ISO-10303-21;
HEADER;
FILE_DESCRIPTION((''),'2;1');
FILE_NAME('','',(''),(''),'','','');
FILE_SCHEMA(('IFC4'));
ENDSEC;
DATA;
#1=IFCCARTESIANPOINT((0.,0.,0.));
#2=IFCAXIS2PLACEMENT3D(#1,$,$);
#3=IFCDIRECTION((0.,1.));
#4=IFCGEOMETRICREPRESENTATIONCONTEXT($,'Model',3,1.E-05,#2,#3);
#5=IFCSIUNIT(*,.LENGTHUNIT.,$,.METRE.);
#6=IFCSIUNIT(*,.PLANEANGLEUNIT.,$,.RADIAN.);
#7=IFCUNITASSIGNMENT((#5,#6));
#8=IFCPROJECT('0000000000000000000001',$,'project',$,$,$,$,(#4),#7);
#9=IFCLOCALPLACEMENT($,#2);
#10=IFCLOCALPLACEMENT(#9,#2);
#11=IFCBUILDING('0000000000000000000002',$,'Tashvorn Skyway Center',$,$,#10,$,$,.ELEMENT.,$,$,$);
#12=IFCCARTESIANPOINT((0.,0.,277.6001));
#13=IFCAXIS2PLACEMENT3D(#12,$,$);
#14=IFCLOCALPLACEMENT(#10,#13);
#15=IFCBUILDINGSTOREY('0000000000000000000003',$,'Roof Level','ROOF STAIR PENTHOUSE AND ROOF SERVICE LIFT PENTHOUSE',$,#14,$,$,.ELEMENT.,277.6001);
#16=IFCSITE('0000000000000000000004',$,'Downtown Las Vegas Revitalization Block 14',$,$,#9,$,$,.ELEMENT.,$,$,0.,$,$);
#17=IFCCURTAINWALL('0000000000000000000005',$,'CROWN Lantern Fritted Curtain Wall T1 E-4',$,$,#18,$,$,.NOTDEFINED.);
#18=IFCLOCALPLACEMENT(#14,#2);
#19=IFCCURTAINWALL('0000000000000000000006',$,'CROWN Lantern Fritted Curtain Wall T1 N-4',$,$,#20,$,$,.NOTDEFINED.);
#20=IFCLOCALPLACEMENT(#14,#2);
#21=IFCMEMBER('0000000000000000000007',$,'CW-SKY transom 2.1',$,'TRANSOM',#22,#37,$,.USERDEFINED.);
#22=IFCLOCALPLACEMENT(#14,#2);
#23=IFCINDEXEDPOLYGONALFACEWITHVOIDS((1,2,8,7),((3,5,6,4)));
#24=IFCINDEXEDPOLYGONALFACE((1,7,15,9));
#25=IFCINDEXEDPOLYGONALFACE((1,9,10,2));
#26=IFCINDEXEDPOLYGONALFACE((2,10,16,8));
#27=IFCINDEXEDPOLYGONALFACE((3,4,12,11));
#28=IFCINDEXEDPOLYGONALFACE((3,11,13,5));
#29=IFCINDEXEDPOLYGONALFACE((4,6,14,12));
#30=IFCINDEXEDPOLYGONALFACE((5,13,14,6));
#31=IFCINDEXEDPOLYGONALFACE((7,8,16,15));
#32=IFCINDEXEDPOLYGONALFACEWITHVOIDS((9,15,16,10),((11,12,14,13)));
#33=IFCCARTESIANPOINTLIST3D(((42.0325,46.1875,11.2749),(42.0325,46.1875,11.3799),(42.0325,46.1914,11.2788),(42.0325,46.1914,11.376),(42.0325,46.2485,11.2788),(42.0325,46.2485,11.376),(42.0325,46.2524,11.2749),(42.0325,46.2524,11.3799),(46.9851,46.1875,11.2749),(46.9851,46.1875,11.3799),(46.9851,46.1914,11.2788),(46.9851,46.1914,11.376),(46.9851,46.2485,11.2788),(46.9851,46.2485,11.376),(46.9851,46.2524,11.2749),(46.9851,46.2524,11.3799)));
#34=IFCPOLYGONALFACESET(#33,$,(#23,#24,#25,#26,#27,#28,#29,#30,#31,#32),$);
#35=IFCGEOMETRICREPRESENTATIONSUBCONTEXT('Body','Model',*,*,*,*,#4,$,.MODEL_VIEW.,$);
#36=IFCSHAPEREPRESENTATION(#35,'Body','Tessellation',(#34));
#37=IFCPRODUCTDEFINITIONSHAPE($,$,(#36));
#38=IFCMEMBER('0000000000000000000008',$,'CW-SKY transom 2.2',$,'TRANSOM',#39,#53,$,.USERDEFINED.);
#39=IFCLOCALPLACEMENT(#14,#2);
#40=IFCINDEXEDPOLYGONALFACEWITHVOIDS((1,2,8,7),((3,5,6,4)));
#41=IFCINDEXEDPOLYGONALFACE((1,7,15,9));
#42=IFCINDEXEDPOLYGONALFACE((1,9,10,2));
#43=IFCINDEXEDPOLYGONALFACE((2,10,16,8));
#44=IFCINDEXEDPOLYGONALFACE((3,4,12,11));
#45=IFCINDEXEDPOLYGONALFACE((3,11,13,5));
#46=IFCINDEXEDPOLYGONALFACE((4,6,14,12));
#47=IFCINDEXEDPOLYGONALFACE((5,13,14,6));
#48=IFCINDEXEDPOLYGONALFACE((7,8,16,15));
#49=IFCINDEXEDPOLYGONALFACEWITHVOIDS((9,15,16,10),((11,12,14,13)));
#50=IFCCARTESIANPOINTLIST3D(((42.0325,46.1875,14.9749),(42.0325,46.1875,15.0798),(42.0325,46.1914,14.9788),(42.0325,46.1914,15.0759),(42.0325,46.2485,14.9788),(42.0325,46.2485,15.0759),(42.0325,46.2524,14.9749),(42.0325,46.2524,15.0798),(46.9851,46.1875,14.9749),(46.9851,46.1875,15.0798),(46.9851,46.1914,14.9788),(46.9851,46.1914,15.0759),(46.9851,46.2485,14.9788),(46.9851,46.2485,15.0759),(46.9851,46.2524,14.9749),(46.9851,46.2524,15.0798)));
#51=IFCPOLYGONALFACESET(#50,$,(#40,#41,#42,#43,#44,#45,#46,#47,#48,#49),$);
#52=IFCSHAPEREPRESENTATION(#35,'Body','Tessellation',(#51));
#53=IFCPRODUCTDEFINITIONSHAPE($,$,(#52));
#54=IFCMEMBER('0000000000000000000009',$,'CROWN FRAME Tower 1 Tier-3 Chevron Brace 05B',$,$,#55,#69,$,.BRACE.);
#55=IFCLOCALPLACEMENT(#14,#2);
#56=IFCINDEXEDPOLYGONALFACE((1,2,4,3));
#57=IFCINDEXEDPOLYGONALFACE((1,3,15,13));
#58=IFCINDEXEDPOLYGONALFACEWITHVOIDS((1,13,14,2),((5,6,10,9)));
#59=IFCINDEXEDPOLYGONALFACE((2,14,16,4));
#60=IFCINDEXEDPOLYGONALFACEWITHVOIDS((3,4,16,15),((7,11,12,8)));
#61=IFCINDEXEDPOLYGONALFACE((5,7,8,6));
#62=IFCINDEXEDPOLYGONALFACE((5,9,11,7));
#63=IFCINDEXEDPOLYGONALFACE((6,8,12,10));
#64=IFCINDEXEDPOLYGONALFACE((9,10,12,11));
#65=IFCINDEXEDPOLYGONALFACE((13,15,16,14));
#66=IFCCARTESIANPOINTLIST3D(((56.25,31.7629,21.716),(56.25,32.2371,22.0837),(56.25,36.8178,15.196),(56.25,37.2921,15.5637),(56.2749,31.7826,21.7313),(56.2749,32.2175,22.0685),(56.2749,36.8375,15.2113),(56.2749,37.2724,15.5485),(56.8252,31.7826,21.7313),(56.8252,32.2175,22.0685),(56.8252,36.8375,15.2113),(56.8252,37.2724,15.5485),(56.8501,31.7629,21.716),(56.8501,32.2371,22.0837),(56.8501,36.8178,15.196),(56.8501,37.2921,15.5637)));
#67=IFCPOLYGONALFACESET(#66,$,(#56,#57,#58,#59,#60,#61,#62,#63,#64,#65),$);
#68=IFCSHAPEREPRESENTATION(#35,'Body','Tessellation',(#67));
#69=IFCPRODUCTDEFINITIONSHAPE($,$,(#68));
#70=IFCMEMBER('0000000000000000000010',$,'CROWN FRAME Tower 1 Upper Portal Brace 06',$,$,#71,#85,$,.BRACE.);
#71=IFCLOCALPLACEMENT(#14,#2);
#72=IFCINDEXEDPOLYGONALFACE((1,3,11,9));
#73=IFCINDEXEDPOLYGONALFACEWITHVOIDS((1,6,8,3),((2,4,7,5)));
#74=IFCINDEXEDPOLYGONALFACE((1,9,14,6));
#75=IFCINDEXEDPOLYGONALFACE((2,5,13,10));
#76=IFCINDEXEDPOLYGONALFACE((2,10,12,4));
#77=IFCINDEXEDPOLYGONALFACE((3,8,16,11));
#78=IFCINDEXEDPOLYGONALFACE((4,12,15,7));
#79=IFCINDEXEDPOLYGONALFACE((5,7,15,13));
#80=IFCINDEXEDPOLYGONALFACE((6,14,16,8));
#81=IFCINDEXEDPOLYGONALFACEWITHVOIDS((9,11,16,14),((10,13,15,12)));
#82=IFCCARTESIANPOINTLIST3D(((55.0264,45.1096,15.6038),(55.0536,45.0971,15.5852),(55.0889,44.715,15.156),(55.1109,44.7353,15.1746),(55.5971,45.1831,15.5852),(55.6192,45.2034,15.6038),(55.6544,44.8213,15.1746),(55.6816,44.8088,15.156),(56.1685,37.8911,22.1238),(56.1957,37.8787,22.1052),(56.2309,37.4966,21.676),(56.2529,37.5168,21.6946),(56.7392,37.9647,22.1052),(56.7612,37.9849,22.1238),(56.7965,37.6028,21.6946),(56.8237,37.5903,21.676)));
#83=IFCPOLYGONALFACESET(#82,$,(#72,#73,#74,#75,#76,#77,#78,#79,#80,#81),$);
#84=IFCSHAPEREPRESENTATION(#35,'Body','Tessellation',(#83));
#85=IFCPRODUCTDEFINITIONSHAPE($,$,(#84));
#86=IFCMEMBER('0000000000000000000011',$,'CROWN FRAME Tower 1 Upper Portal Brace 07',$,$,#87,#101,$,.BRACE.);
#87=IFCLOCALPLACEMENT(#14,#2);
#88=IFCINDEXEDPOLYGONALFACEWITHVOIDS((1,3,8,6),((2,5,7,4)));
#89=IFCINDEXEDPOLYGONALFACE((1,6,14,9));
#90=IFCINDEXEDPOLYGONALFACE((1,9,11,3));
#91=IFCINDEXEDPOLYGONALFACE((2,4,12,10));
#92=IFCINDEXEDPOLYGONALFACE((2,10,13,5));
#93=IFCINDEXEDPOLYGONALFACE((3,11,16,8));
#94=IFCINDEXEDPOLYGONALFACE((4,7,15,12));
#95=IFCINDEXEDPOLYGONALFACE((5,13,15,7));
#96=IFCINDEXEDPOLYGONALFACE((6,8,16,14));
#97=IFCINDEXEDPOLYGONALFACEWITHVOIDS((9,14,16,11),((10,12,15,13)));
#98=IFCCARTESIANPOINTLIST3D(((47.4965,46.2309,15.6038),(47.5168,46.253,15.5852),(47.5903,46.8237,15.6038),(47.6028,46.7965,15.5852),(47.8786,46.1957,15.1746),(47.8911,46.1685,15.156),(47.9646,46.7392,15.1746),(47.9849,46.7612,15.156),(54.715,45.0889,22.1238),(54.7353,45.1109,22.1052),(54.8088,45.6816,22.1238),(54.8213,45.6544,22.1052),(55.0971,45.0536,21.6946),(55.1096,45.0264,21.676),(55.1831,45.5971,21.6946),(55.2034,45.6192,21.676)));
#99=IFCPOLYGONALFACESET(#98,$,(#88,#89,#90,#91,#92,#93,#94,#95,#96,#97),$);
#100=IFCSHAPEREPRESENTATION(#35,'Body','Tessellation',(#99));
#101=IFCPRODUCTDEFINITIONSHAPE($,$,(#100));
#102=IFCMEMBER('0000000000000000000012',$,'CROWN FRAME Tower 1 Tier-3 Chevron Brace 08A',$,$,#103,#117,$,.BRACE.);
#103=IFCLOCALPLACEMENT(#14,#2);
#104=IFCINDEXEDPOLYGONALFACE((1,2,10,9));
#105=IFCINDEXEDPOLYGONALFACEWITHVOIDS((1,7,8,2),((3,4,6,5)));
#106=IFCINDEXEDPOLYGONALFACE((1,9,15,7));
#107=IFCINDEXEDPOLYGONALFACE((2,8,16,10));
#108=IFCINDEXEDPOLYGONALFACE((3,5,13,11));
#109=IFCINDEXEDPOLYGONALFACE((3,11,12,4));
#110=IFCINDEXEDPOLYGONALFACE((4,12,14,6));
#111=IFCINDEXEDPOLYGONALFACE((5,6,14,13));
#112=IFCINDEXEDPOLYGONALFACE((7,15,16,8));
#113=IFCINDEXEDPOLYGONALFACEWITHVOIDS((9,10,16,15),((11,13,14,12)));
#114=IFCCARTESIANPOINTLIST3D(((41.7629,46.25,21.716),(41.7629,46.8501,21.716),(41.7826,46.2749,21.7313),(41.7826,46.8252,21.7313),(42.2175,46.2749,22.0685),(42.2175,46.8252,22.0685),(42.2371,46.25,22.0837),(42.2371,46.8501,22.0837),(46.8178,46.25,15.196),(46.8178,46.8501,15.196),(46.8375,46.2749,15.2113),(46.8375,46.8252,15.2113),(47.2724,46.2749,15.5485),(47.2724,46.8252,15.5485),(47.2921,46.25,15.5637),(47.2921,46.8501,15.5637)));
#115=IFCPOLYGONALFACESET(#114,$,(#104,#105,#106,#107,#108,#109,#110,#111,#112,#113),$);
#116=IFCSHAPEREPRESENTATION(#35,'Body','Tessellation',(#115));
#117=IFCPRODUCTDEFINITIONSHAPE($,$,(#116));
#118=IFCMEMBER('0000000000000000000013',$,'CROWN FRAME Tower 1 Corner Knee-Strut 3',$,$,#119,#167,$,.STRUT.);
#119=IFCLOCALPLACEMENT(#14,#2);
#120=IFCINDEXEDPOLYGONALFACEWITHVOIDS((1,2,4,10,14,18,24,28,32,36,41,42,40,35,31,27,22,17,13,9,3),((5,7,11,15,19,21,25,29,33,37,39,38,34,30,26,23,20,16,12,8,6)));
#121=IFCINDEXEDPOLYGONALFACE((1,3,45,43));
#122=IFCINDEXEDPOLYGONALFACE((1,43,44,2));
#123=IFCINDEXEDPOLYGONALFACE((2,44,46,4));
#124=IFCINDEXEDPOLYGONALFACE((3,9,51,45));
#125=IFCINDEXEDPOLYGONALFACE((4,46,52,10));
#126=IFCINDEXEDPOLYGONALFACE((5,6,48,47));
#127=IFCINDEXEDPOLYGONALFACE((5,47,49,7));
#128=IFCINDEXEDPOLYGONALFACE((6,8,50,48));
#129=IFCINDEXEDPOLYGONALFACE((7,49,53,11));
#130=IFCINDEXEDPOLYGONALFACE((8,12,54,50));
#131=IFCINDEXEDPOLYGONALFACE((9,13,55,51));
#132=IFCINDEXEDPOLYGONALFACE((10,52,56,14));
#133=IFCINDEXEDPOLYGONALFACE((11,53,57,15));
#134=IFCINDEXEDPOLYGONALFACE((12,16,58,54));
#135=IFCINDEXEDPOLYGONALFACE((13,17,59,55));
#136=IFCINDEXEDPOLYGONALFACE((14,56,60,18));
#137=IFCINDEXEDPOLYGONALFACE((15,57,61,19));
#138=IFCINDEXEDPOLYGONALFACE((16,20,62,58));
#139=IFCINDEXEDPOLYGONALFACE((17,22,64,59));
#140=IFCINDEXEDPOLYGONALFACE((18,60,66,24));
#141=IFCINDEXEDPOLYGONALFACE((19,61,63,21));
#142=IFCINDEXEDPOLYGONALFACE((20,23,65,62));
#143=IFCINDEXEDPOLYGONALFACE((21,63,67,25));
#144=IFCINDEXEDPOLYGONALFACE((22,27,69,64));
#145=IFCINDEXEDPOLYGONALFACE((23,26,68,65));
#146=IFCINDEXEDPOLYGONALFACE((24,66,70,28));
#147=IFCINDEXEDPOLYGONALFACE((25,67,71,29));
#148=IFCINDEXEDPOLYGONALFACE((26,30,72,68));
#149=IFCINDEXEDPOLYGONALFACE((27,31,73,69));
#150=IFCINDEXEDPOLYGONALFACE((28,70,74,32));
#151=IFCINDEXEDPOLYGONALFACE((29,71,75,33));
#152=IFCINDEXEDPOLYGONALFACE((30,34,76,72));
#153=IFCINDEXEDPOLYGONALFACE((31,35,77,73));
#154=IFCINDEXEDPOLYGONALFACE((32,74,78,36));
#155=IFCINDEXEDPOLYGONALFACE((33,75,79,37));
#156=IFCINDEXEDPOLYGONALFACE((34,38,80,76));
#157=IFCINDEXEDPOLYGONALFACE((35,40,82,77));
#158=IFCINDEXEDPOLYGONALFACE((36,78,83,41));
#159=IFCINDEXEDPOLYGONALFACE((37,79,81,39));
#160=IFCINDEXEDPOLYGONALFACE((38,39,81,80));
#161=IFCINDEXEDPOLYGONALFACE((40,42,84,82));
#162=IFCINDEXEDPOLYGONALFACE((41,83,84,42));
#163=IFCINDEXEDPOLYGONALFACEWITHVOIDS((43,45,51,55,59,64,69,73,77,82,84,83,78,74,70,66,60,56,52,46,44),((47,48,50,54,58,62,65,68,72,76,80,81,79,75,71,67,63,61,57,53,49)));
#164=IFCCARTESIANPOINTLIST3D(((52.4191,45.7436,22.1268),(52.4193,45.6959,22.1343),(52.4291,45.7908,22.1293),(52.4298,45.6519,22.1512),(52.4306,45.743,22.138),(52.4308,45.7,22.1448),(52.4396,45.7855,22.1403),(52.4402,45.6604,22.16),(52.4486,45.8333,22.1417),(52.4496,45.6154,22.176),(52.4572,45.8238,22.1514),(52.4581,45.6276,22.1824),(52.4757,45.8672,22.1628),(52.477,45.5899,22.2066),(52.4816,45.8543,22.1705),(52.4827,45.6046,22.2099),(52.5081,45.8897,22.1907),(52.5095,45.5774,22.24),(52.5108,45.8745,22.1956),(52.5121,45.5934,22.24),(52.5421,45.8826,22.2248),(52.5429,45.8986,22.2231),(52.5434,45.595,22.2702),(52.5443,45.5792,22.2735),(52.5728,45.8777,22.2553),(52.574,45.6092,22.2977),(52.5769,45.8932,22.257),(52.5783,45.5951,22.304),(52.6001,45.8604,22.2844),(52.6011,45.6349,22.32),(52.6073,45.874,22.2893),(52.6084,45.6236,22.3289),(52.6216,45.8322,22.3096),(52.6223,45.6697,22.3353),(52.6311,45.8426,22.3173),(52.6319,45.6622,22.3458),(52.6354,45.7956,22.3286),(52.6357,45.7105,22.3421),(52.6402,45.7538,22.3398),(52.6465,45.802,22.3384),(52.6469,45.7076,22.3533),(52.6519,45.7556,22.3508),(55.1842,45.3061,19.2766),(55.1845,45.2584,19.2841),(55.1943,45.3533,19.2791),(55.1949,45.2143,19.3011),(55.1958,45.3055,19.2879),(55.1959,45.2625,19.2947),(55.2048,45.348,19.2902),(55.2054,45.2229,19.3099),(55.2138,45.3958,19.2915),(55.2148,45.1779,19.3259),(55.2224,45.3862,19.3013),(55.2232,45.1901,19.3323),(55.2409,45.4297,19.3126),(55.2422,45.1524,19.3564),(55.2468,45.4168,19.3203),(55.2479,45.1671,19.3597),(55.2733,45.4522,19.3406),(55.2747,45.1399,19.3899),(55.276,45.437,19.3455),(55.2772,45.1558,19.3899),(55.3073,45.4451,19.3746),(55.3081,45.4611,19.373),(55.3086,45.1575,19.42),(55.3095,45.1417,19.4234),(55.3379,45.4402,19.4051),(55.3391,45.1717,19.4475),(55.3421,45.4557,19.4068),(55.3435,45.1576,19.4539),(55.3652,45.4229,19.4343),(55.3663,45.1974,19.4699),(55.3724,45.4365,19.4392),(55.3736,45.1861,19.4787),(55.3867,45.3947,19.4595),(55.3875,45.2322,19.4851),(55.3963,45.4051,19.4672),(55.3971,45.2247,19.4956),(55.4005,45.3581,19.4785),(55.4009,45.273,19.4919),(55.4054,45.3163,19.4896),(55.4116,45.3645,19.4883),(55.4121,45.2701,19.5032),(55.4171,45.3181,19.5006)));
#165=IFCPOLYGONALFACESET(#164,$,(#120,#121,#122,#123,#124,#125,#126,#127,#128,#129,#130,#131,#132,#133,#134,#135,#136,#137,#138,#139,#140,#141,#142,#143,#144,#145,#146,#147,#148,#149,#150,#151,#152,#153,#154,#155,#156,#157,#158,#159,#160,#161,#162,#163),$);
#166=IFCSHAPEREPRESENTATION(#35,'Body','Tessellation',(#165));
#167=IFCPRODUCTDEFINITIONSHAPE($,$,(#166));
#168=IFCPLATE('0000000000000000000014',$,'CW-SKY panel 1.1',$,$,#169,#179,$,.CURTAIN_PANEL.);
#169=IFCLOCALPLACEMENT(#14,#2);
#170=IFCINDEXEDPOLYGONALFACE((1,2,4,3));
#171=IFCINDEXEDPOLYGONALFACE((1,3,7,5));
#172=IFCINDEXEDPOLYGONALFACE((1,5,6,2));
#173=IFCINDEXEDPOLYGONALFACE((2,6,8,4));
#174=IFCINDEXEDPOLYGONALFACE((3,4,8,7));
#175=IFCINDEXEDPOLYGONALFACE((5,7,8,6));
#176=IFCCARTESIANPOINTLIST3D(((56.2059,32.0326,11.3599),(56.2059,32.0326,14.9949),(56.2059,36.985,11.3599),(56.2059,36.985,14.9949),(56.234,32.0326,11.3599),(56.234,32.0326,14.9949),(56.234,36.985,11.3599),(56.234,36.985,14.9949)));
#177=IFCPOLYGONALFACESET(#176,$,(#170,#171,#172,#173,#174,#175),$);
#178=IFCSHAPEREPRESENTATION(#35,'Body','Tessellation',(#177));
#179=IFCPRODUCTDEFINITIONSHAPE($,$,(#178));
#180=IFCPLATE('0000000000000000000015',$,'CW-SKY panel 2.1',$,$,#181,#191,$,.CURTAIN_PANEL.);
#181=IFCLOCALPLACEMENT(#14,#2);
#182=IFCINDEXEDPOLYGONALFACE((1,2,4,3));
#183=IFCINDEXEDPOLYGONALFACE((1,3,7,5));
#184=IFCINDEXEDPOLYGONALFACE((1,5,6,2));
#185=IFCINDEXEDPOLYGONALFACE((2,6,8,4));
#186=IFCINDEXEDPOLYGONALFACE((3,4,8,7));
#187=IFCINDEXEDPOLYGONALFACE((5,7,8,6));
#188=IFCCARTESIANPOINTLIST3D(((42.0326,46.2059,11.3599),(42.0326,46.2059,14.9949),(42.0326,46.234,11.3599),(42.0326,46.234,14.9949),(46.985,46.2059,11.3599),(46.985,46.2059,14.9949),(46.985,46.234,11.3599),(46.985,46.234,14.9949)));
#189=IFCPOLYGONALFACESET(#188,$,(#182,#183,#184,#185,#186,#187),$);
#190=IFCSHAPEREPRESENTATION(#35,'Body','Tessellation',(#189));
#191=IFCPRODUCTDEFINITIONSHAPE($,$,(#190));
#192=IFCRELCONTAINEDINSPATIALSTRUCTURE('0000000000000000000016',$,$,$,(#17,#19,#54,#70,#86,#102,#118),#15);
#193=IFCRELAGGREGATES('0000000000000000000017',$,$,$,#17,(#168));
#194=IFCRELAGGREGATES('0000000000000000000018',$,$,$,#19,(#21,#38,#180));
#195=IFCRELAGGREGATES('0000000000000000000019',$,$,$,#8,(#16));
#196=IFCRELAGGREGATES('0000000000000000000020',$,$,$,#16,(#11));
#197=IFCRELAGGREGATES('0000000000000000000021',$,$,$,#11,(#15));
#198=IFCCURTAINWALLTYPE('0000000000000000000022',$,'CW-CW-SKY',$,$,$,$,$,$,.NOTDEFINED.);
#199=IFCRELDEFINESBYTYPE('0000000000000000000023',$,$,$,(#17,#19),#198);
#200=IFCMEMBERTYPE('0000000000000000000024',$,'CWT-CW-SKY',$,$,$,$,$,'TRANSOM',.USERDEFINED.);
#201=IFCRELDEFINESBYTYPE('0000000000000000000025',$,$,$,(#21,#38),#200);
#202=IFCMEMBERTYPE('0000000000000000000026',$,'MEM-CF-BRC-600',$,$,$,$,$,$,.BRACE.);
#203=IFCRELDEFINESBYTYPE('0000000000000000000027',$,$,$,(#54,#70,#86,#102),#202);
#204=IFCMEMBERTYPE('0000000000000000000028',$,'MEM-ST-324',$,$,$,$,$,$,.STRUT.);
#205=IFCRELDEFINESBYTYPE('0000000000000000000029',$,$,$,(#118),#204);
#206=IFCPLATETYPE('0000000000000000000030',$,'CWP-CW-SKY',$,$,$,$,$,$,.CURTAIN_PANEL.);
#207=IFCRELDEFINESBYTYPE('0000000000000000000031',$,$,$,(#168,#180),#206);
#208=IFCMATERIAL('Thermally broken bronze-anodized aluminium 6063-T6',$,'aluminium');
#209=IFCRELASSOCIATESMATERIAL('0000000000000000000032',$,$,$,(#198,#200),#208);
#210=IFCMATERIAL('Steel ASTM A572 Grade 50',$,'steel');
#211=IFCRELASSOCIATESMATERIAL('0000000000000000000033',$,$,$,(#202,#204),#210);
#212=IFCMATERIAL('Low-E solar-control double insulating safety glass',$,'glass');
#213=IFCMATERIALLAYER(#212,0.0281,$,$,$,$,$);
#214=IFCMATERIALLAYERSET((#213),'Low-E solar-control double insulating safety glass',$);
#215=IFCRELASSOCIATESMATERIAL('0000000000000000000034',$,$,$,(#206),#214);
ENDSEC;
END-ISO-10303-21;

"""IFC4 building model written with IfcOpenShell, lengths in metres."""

from ifc_helpers import new_model, si_unit, direction, frame, origin, origin_2d, place, context, subcontext, project, spatial, rectangle, hollow_rectangle, hollow_circle, extrude, material, layer, layer_set, material_profile, profile_set, type_object, element, aggregate, save


model = new_model("IFC4")

# Units and contexts
model_context = context("Model", 3, precision=1e-05, world=origin(), true_north=direction((0.0, 1.0)))
body_context = subcontext(model_context, "Body", "Model", "MODEL_VIEW")
ifc_project = project(units=[si_unit("LENGTHUNIT", "METRE"), si_unit("PLANEANGLEUNIT", "RADIAN")], contexts=[model_context])

# Site, building, storey
site_placement = place(None, origin())
site = spatial("IfcSite", under=ifc_project, at=site_placement, Name="Downtown Las Vegas Revitalization Block 14", CompositionType="ELEMENT", RefElevation=0.0)
building_placement = place(site_placement, origin())
building = spatial("IfcBuilding", under=site, at=building_placement, Name="Tashvorn Skyway Center", CompositionType="ELEMENT")
storey_placement = place(building_placement, frame((0.0, 0.0, 277.6001)))
storey = spatial("IfcBuildingStorey", under=building, at=storey_placement, Name="Roof Level", Description="ROOF STAIR PENTHOUSE AND ROOF SERVICE LIFT PENTHOUSE", CompositionType="ELEMENT", Elevation=277.6001)

# Shared definitions
ifc_material_1 = material(Name="Steel ASTM A572 Grade 50", Category="steel")

# Curtain wall
ifc_material_2 = material(Name="Thermally broken bronze-anodized aluminium 6063-T6", Category="aluminium")
curtain_wall_type = type_object("IfcCurtainWallType", Name="CW-CW-SKY", PredefinedType="NOTDEFINED", material=ifc_material_2)
curtain_wall_1_placement = place(storey_placement, origin())
curtain_wall_1 = element("IfcCurtainWall", 1, at=curtain_wall_1_placement, inside=storey, type_object=curtain_wall_type, Name="CROWN Lantern Fritted Curtain Wall T1 E-4", PredefinedType="NOTDEFINED")

# Curtain wall
curtain_wall_2_placement = place(storey_placement, origin())
curtain_wall_2 = element("IfcCurtainWall", 2, at=curtain_wall_2_placement, inside=storey, type_object=curtain_wall_type, Name="CROWN Lantern Fritted Curtain Wall T1 N-4", PredefinedType="NOTDEFINED")

# Members
ifc_material_profile_1 = material_profile(ifc_material_2, hollow_rectangle(XDim=0.0649, YDim=0.105, WallThickness=0.0039, at=origin_2d()), Name="ALU-TRAN-65x105")
ifc_profile_set_1 = profile_set([ifc_material_profile_1], Name="Thermally broken bronze-anodized aluminium 6063-T6")
member_type_1 = type_object("IfcMemberType", Name="CWT-CW-SKY", ElementType="TRANSOM", PredefinedType="USERDEFINED", material=ifc_profile_set_1)
member_1_placement = place(storey_placement, frame((42.0325, 46.22, 11.3274), z_axis=(1.0, 0.0, 0.0), x_axis=(0.0, 1.0, 0.0)))
member_1 = element("IfcMember", 3, at=member_1_placement, type_object=member_type_1, Name="CW-SKY transom 2.1", ObjectType="TRANSOM", PredefinedType="USERDEFINED", context=body_context, shape_type="SweptSolid", body=[
    extrude(hollow_rectangle(XDim=0.0649, YDim=0.105, WallThickness=0.0039, at=origin_2d()), origin(), (0.0, 0.0, 1.0), 4.9526),
])
member_2_placement = place(storey_placement, frame((42.0325, 46.22, 15.0273), z_axis=(1.0, 0.0, 0.0), x_axis=(0.0, 1.0, 0.0)))
member_2 = element("IfcMember", 4, at=member_2_placement, type_object=member_type_1, Name="CW-SKY transom 2.2", ObjectType="TRANSOM", PredefinedType="USERDEFINED", context=body_context, shape_type="SweptSolid", body=[
    extrude(hollow_rectangle(XDim=0.0649, YDim=0.105, WallThickness=0.0039, at=origin_2d()), origin(), (0.0, 0.0, 1.0), 4.9526),
])

# Members
ifc_material_profile_2 = material_profile(ifc_material_1, hollow_rectangle(XDim=0.6001, YDim=0.6001, WallThickness=0.0249, at=origin_2d()), Name="BOX600x600x25")
ifc_profile_set_2 = profile_set([ifc_material_profile_2], Name="Steel ASTM A572 Grade 50")
member_type_2 = type_object("IfcMemberType", Name="MEM-CF-BRC-600", PredefinedType="BRACE", material=ifc_profile_set_2)
member_3_placement = place(storey_placement, frame((56.55, 37.0549, 15.3799), z_axis=(0.0, -0.612717, 0.790303), x_axis=(1.0, 0.0, 0.0)))
element("IfcMember", 5, at=member_3_placement, inside=storey, type_object=member_type_2, Name="CROWN FRAME Tower 1 Tier-3 Chevron Brace 05B", PredefinedType="BRACE", context=body_context, shape_type="SweptSolid", body=[
    extrude(hollow_rectangle(XDim=0.6001, YDim=0.6001, WallThickness=0.0249, at=origin_2d()), origin(), (0.0, 0.0, 1.0), 8.25),
])
for number, where, z_axis, x_axis, name in (
    (6, (55.354, 44.9592, 15.3799), (0.116612, -0.737036, 0.665718), (0.987714, 0.156273, 0.0), "CROWN FRAME Tower 1 Upper Portal Brace 06"),
    (7, (47.7407, 46.4961, 15.3799), (0.737036, -0.116612, 0.665718), (0.156273, 0.987714, 0.0), "CROWN FRAME Tower 1 Upper Portal Brace 07"),
):
    element("IfcMember", number, at=place(storey_placement, frame(where, z_axis=z_axis, x_axis=x_axis)), inside=storey, type_object=member_type_2, Name=name, PredefinedType="BRACE", context=body_context, shape_type="SweptSolid", body=[
        extrude(hollow_rectangle(XDim=0.6001, YDim=0.6001, WallThickness=0.0249, at=origin_2d()), origin(), (0.0, 0.0, 1.0), 9.7939),
    ])
member_4_placement = place(storey_placement, frame((47.0549, 46.55, 15.3799), z_axis=(-0.612717, 0.0, 0.790303), x_axis=(0.0, -1.0, 0.0)))
element("IfcMember", 8, at=member_4_placement, inside=storey, type_object=member_type_2, Name="CROWN FRAME Tower 1 Tier-3 Chevron Brace 08A", PredefinedType="BRACE", context=body_context, shape_type="SweptSolid", body=[
    extrude(hollow_rectangle(XDim=0.6001, YDim=0.6001, WallThickness=0.0249, at=origin_2d()), origin(), (0.0, 0.0, 1.0), 8.25),
])
ifc_material_profile_3 = material_profile(ifc_material_1, hollow_circle(Radius=0.1621, WallThickness=0.0161, at=origin_2d()), Name="CHS324x16")
ifc_profile_set_3 = profile_set([ifc_material_profile_3], Name="Steel ASTM A572 Grade 50")
member_type_3 = type_object("IfcMemberType", Name="MEM-ST-324", PredefinedType="STRUT", material=ifc_profile_set_3)
member_5_placement = place(storey_placement, frame((55.3, 45.3, 19.3899), z_axis=(-0.69214, 0.10951, 0.713407), x_axis=(-0.156276, -0.987713, 0.0)))
element("IfcMember", 9, at=member_5_placement, inside=storey, type_object=member_type_3, Name="CROWN FRAME Tower 1 Corner Knee-Strut 3", PredefinedType="STRUT", context=body_context, shape_type="SweptSolid", body=[
    extrude(hollow_circle(Radius=0.1621, WallThickness=0.0161, at=origin_2d()), origin(), (0.0, 0.0, 1.0), 3.9951),
])

# Plates
ifc_material_3 = material(Name="Low-E solar-control double insulating safety glass", Category="glass")
ifc_layer_1 = layer(ifc_material_3, 0.0281)
ifc_layer_set_1 = layer_set([ifc_layer_1], Name="Low-E solar-control double insulating safety glass")
plate_type_1 = type_object("IfcPlateType", Name="CWP-CW-SKY", PredefinedType="CURTAIN_PANEL", material=ifc_layer_set_1)
plate_1_placement = place(storey_placement, frame((56.22, 34.5088, 11.3599), z_axis=(0.0, 0.0, 1.0), x_axis=(0.0, -1.0, 0.0)))
plate_1 = element("IfcPlate", 10, at=plate_1_placement, type_object=plate_type_1, Name="CW-SKY panel 1.1", PredefinedType="CURTAIN_PANEL", context=body_context, shape_type="SweptSolid", body=[
    extrude(rectangle(XDim=4.9524, YDim=0.0281, at=origin_2d()), origin(), (0.0, 0.0, 1.0), 3.635),
])
aggregate(curtain_wall_1, [plate_1])
plate_2_placement = place(storey_placement, frame((44.5088, 46.22, 11.3599), z_axis=(0.0, 0.0, 1.0), x_axis=(1.0, 0.0, 0.0)))
plate_2 = element("IfcPlate", 11, at=plate_2_placement, type_object=plate_type_1, Name="CW-SKY panel 2.1", PredefinedType="CURTAIN_PANEL", context=body_context, shape_type="SweptSolid", body=[
    extrude(rectangle(XDim=4.9524, YDim=0.0281, at=origin_2d()), origin(), (0.0, 0.0, 1.0), 3.635),
])
aggregate(curtain_wall_2, [member_1, member_2, plate_2])

save(model, "model.ifc")
